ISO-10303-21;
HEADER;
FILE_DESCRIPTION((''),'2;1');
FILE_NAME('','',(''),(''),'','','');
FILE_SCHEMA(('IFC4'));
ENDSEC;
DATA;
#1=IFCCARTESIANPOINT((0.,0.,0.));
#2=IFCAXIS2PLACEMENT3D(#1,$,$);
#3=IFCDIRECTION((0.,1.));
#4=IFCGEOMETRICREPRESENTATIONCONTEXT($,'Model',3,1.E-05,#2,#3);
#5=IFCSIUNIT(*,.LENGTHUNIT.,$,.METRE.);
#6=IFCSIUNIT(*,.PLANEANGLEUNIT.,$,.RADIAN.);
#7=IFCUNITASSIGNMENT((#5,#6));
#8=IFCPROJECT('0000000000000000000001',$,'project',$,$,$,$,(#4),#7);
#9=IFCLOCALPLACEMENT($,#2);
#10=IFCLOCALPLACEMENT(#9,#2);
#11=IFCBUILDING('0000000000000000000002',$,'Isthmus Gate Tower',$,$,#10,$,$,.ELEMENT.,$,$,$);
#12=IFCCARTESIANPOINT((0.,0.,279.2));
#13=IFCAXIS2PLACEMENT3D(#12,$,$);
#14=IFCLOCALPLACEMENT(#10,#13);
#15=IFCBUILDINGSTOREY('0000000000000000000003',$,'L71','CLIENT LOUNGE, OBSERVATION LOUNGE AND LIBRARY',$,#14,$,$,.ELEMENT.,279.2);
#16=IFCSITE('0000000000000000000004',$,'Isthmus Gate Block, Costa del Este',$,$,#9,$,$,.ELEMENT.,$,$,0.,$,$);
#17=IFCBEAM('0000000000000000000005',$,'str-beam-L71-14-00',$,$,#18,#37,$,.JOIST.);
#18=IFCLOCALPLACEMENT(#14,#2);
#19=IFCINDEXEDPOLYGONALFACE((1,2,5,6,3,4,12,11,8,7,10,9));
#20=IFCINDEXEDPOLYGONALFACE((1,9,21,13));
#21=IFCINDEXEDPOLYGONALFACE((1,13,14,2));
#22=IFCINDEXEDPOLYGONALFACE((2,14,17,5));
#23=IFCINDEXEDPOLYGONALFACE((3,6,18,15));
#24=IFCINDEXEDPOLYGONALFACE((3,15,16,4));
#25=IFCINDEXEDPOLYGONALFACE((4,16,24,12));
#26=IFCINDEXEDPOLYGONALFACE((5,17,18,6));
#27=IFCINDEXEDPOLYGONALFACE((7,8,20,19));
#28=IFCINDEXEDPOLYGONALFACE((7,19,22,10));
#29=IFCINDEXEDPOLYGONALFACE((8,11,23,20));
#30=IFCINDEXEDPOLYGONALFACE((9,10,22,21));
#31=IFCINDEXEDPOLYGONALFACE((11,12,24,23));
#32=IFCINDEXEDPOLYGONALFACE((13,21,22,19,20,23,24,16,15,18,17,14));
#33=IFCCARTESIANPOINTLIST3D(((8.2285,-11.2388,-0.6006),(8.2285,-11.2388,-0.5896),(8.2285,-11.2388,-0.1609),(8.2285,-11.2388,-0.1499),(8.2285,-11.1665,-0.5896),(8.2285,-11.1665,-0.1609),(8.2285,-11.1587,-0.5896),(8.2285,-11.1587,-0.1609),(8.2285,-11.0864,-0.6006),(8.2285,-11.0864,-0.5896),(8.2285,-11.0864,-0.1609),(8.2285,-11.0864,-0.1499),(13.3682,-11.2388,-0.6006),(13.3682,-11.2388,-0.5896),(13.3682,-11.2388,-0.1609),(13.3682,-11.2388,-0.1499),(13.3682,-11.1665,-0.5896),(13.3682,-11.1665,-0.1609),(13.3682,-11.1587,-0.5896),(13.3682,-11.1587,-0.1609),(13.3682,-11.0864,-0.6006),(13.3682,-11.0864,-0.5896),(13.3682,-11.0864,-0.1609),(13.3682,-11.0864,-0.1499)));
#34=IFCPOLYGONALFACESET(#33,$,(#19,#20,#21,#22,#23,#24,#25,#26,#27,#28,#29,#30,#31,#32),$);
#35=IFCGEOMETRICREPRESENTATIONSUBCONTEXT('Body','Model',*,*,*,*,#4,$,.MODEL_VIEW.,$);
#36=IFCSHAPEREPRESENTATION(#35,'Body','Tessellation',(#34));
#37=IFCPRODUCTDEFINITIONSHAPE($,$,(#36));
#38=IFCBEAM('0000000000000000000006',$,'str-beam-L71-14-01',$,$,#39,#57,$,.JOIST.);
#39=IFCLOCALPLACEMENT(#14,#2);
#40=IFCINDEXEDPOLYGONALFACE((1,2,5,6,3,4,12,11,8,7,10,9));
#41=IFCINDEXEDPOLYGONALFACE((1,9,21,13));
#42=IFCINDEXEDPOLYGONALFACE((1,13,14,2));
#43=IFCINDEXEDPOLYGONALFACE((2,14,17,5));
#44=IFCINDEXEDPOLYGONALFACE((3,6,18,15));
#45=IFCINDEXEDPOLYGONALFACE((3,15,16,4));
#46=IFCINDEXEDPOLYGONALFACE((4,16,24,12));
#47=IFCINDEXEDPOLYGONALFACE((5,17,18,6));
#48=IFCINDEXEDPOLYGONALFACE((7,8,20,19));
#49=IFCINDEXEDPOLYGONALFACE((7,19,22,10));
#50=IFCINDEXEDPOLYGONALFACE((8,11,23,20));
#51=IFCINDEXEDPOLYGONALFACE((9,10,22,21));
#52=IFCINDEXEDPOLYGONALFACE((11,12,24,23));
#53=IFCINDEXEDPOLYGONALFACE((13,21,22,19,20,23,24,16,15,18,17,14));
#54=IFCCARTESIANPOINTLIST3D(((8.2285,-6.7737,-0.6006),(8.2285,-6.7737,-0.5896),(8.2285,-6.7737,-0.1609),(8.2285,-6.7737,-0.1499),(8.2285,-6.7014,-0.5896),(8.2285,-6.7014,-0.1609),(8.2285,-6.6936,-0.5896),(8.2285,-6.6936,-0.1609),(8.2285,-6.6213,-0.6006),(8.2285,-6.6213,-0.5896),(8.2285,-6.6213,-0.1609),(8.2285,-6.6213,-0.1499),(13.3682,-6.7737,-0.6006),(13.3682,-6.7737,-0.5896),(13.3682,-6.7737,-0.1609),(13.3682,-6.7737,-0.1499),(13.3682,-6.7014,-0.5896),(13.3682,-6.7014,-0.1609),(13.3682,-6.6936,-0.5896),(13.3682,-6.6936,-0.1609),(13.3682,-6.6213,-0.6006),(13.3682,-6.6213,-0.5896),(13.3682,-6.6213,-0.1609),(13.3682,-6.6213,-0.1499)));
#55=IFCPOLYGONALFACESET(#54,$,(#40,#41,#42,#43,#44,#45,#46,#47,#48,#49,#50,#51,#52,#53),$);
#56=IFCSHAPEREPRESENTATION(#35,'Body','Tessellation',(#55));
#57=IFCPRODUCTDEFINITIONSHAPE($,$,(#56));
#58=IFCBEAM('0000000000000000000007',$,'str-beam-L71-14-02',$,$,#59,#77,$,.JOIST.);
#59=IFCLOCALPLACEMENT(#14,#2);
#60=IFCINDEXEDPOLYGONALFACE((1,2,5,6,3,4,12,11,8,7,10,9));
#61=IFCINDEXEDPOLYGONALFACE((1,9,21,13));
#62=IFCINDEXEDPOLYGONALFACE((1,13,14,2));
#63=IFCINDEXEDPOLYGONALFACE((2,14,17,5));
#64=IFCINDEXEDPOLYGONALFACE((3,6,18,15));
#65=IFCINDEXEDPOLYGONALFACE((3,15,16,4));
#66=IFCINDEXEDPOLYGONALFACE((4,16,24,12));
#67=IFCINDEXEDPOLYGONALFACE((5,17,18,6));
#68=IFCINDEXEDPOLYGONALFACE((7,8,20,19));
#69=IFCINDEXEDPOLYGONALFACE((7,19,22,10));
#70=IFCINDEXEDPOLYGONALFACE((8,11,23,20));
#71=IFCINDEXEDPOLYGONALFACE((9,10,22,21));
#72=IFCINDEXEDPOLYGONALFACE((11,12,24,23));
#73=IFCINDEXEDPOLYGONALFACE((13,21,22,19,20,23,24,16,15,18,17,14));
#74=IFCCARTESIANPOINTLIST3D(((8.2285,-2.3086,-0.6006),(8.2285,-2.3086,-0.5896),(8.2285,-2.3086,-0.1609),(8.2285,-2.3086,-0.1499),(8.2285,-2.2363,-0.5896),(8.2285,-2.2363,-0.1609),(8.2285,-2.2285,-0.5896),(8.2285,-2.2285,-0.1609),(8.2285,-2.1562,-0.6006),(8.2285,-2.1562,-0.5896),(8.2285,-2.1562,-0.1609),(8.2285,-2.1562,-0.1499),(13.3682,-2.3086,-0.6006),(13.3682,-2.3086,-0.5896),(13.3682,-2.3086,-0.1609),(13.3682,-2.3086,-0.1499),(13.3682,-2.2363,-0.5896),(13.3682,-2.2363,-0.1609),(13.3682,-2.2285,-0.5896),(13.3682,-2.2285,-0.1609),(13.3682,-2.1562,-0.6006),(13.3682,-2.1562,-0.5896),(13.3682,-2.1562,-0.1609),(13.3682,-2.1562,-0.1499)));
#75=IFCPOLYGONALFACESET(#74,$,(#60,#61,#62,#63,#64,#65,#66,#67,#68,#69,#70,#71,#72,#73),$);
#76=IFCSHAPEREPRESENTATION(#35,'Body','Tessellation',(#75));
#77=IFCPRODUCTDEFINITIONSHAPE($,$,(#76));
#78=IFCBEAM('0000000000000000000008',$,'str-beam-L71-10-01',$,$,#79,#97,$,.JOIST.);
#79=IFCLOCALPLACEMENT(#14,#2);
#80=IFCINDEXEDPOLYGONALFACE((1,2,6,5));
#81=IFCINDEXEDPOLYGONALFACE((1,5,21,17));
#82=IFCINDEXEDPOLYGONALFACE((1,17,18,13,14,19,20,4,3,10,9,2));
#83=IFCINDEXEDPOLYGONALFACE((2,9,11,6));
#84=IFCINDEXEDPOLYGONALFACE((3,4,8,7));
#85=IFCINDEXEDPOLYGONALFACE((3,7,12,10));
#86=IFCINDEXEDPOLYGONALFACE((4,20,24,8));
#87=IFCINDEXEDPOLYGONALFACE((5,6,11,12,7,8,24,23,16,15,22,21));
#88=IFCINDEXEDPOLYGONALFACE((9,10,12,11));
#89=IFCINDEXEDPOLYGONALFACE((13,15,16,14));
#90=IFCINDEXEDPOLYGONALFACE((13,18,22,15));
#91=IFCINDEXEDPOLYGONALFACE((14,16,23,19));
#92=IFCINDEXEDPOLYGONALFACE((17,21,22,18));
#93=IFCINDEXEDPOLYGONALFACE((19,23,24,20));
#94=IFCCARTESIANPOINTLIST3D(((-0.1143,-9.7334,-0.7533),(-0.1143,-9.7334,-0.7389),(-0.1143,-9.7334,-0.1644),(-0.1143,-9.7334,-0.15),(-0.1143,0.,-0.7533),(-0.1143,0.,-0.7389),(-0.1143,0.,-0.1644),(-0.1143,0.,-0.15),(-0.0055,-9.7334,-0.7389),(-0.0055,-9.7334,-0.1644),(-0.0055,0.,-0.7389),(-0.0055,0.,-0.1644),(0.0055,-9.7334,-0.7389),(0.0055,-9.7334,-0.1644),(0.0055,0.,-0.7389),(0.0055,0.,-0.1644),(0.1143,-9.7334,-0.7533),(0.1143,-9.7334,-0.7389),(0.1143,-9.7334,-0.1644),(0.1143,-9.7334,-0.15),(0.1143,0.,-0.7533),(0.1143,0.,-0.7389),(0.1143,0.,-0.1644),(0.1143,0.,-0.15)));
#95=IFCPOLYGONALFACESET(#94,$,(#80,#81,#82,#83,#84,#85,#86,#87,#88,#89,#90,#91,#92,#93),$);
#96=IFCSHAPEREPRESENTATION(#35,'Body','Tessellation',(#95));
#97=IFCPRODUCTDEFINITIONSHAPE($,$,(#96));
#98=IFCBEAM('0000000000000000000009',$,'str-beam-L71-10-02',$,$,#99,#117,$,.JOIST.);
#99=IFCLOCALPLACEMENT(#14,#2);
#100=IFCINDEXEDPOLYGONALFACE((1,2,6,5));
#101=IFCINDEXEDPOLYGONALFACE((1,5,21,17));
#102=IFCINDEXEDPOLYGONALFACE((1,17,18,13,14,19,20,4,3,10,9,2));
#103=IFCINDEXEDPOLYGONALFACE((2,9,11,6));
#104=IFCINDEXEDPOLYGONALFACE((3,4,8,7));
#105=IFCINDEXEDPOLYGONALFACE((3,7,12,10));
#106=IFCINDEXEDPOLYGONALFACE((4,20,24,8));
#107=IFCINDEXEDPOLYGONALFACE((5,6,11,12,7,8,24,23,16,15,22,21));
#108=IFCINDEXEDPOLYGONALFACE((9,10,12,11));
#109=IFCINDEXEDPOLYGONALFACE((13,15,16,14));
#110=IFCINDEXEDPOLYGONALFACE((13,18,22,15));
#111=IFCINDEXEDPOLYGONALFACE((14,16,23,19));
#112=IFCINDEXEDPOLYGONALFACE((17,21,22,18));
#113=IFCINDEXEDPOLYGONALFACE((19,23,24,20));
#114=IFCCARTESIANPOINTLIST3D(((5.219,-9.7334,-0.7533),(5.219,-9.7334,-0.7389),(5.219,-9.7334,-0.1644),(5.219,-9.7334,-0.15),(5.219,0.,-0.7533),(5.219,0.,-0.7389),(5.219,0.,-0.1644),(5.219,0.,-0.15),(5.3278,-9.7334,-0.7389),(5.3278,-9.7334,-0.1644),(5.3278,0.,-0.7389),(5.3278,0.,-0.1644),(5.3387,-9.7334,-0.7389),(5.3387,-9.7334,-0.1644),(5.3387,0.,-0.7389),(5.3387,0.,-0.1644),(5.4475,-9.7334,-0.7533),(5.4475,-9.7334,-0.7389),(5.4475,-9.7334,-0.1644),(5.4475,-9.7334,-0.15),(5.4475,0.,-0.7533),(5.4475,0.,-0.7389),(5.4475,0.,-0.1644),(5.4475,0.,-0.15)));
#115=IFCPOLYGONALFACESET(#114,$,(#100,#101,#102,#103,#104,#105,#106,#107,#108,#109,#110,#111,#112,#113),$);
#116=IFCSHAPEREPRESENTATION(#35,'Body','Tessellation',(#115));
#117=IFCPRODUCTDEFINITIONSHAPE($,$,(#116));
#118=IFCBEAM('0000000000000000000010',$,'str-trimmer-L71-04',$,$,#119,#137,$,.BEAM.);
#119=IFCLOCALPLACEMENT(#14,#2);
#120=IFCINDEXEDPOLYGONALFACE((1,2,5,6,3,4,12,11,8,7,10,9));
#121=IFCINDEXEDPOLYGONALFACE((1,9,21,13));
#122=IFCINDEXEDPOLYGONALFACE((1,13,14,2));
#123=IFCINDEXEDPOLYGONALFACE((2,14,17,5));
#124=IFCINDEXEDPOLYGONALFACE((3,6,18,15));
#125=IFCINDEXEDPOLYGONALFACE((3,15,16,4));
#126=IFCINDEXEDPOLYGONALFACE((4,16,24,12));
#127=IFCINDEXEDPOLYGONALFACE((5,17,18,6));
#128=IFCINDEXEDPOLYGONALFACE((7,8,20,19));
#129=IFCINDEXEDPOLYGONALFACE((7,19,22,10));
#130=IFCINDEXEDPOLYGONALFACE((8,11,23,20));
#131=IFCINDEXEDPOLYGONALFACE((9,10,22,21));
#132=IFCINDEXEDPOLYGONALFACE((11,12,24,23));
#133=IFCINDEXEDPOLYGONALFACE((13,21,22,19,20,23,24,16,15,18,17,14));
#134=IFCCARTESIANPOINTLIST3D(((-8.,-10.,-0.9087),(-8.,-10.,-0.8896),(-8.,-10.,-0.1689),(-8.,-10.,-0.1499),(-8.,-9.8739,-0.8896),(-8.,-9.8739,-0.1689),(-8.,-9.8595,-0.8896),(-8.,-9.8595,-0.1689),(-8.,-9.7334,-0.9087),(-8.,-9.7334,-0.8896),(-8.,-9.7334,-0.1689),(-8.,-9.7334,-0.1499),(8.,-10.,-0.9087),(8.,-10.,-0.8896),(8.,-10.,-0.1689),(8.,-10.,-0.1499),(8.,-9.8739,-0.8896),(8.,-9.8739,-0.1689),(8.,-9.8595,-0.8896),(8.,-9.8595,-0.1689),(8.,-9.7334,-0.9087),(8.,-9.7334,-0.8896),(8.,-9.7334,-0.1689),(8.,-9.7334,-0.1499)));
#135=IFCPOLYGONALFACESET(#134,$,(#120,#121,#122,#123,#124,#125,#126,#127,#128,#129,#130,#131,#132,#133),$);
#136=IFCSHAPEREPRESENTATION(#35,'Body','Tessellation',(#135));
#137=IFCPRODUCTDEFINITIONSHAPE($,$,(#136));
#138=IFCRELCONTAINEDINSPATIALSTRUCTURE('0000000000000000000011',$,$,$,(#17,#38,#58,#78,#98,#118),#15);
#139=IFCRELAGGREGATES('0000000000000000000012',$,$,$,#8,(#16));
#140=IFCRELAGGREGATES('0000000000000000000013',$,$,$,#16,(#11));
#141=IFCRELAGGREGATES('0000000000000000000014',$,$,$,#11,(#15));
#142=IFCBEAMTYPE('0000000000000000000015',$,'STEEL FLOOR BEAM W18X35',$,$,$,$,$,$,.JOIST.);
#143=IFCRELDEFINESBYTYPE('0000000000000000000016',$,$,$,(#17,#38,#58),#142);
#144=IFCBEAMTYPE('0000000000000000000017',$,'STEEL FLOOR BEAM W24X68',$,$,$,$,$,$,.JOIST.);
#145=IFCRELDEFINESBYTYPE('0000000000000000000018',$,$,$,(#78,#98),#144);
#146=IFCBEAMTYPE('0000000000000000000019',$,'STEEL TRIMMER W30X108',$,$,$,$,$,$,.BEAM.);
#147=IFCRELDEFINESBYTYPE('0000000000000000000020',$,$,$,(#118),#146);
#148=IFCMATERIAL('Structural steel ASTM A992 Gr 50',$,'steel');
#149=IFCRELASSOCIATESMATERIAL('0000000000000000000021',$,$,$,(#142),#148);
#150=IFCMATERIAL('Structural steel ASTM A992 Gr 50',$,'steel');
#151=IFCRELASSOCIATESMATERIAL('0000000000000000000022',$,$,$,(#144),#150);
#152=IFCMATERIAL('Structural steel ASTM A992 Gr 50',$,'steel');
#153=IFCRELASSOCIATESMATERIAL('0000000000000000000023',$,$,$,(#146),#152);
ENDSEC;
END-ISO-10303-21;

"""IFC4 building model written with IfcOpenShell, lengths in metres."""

from ifc_helpers import new_model, si_unit, direction, frame, origin, origin_2d, place, context, subcontext, project, spatial, i_section, extrude, material, material_profile, profile_set, type_object, element, save


model = new_model("IFC4")

# Units and contexts
model_context = context("Model", 3, precision=1e-05, world=origin(), true_north=direction((0.0, 1.0)))
body_context = subcontext(model_context, "Body", "Model", "MODEL_VIEW")
ifc_project = project(units=[si_unit("LENGTHUNIT", "METRE"), si_unit("PLANEANGLEUNIT", "RADIAN")], contexts=[model_context])

# Site, building, storey
site_placement = place(None, origin())
site = spatial("IfcSite", under=ifc_project, at=site_placement, Name="Isthmus Gate Block, Costa del Este", CompositionType="ELEMENT", RefElevation=0.0)
building_placement = place(site_placement, origin())
building = spatial("IfcBuilding", under=site, at=building_placement, Name="Isthmus Gate Tower", CompositionType="ELEMENT")
storey_placement = place(building_placement, frame((0.0, 0.0, 279.2)))
storey = spatial("IfcBuildingStorey", under=building, at=storey_placement, Name="L71", Description="CLIENT LOUNGE, OBSERVATION LOUNGE AND LIBRARY", CompositionType="ELEMENT", Elevation=279.2)

# Beams
ifc_material_1 = material(Name="Structural steel ASTM A992 Gr 50", Category="steel")
ifc_material_profile_1 = material_profile(ifc_material_1, i_section(OverallWidth=0.1523, OverallDepth=0.4507, WebThickness=0.0078, FlangeThickness=0.011, at=origin_2d()), Name="W18X35")
ifc_profile_set_1 = profile_set([ifc_material_profile_1], Name="Structural steel ASTM A992 Gr 50")
beam_type_1 = type_object("IfcBeamType", Name="STEEL FLOOR BEAM W18X35", PredefinedType="JOIST", material=ifc_profile_set_1)
for number, where, z_axis, x_axis, name in (
    (1, (8.2285, -11.1626, -0.3752), (1.0, 0.0, 0.0), (0.0, 1.0, 0.0), "str-beam-L71-14-00"),
    (2, (8.2285, -6.6975, -0.3752), (1.0, 0.0, 0.0), (0.0, 1.0, 0.0), "str-beam-L71-14-01"),
    (3, (8.2285, -2.2324, -0.3752), (1.0, 0.0, 0.0), (0.0, 1.0, 0.0), "str-beam-L71-14-02"),
):
    element("IfcBeam", number, at=place(storey_placement, frame(where, z_axis=z_axis, x_axis=x_axis)), inside=storey, type_object=beam_type_1, Name=name, PredefinedType="JOIST", context=body_context, shape_type="SweptSolid", body=[
        extrude(i_section(OverallWidth=0.1523, OverallDepth=0.4507, WebThickness=0.0078, FlangeThickness=0.011, at=origin_2d()), origin(), (0.0, 0.0, 1.0), 5.1396),
    ])
ifc_material_2 = material(Name="Structural steel ASTM A992 Gr 50", Category="steel")
ifc_material_profile_2 = material_profile(ifc_material_2, i_section(OverallWidth=0.2285, OverallDepth=0.6033, WebThickness=0.011, FlangeThickness=0.0144, at=origin_2d()), Name="W24X68")
ifc_profile_set_2 = profile_set([ifc_material_profile_2], Name="Structural steel ASTM A992 Gr 50")
beam_type_2 = type_object("IfcBeamType", Name="STEEL FLOOR BEAM W24X68", PredefinedType="JOIST", material=ifc_profile_set_2)
for number, where, z_axis, x_axis, name in (
    (4, (0.0, -9.7334, -0.4517), (0.0, 1.0, 0.0), (-1.0, 0.0, 0.0), "str-beam-L71-10-01"),
    (5, (5.3333, -9.7334, -0.4517), (0.0, 1.0, 0.0), (-1.0, 0.0, 0.0), "str-beam-L71-10-02"),
):
    element("IfcBeam", number, at=place(storey_placement, frame(where, z_axis=z_axis, x_axis=x_axis)), inside=storey, type_object=beam_type_2, Name=name, PredefinedType="JOIST", context=body_context, shape_type="SweptSolid", body=[
        extrude(i_section(OverallWidth=0.2285, OverallDepth=0.6033, WebThickness=0.011, FlangeThickness=0.0144, at=origin_2d()), origin(), (0.0, 0.0, 1.0), 9.7334),
    ])
ifc_material_3 = material(Name="Structural steel ASTM A992 Gr 50", Category="steel")
ifc_material_profile_3 = material_profile(ifc_material_3, i_section(OverallWidth=0.2666, OverallDepth=0.7588, WebThickness=0.0144, FlangeThickness=0.019, at=origin_2d()), Name="W30X108")
ifc_profile_set_3 = profile_set([ifc_material_profile_3], Name="Structural steel ASTM A992 Gr 50")
beam_type_3 = type_object("IfcBeamType", Name="STEEL TRIMMER W30X108", PredefinedType="BEAM", material=ifc_profile_set_3)
beam_placement = place(storey_placement, frame((8.0, -9.8667, -0.5293), z_axis=(-1.0, 0.0, 0.0), x_axis=(0.0, -1.0, 0.0)))
element("IfcBeam", 6, at=beam_placement, inside=storey, type_object=beam_type_3, Name="str-trimmer-L71-04", PredefinedType="BEAM", context=body_context, shape_type="SweptSolid", body=[
    extrude(i_section(OverallWidth=0.2666, OverallDepth=0.7588, WebThickness=0.0144, FlangeThickness=0.019, at=origin_2d()), origin(), (0.0, 0.0, 1.0), 16.0),
])

save(model, "model.ifc")
